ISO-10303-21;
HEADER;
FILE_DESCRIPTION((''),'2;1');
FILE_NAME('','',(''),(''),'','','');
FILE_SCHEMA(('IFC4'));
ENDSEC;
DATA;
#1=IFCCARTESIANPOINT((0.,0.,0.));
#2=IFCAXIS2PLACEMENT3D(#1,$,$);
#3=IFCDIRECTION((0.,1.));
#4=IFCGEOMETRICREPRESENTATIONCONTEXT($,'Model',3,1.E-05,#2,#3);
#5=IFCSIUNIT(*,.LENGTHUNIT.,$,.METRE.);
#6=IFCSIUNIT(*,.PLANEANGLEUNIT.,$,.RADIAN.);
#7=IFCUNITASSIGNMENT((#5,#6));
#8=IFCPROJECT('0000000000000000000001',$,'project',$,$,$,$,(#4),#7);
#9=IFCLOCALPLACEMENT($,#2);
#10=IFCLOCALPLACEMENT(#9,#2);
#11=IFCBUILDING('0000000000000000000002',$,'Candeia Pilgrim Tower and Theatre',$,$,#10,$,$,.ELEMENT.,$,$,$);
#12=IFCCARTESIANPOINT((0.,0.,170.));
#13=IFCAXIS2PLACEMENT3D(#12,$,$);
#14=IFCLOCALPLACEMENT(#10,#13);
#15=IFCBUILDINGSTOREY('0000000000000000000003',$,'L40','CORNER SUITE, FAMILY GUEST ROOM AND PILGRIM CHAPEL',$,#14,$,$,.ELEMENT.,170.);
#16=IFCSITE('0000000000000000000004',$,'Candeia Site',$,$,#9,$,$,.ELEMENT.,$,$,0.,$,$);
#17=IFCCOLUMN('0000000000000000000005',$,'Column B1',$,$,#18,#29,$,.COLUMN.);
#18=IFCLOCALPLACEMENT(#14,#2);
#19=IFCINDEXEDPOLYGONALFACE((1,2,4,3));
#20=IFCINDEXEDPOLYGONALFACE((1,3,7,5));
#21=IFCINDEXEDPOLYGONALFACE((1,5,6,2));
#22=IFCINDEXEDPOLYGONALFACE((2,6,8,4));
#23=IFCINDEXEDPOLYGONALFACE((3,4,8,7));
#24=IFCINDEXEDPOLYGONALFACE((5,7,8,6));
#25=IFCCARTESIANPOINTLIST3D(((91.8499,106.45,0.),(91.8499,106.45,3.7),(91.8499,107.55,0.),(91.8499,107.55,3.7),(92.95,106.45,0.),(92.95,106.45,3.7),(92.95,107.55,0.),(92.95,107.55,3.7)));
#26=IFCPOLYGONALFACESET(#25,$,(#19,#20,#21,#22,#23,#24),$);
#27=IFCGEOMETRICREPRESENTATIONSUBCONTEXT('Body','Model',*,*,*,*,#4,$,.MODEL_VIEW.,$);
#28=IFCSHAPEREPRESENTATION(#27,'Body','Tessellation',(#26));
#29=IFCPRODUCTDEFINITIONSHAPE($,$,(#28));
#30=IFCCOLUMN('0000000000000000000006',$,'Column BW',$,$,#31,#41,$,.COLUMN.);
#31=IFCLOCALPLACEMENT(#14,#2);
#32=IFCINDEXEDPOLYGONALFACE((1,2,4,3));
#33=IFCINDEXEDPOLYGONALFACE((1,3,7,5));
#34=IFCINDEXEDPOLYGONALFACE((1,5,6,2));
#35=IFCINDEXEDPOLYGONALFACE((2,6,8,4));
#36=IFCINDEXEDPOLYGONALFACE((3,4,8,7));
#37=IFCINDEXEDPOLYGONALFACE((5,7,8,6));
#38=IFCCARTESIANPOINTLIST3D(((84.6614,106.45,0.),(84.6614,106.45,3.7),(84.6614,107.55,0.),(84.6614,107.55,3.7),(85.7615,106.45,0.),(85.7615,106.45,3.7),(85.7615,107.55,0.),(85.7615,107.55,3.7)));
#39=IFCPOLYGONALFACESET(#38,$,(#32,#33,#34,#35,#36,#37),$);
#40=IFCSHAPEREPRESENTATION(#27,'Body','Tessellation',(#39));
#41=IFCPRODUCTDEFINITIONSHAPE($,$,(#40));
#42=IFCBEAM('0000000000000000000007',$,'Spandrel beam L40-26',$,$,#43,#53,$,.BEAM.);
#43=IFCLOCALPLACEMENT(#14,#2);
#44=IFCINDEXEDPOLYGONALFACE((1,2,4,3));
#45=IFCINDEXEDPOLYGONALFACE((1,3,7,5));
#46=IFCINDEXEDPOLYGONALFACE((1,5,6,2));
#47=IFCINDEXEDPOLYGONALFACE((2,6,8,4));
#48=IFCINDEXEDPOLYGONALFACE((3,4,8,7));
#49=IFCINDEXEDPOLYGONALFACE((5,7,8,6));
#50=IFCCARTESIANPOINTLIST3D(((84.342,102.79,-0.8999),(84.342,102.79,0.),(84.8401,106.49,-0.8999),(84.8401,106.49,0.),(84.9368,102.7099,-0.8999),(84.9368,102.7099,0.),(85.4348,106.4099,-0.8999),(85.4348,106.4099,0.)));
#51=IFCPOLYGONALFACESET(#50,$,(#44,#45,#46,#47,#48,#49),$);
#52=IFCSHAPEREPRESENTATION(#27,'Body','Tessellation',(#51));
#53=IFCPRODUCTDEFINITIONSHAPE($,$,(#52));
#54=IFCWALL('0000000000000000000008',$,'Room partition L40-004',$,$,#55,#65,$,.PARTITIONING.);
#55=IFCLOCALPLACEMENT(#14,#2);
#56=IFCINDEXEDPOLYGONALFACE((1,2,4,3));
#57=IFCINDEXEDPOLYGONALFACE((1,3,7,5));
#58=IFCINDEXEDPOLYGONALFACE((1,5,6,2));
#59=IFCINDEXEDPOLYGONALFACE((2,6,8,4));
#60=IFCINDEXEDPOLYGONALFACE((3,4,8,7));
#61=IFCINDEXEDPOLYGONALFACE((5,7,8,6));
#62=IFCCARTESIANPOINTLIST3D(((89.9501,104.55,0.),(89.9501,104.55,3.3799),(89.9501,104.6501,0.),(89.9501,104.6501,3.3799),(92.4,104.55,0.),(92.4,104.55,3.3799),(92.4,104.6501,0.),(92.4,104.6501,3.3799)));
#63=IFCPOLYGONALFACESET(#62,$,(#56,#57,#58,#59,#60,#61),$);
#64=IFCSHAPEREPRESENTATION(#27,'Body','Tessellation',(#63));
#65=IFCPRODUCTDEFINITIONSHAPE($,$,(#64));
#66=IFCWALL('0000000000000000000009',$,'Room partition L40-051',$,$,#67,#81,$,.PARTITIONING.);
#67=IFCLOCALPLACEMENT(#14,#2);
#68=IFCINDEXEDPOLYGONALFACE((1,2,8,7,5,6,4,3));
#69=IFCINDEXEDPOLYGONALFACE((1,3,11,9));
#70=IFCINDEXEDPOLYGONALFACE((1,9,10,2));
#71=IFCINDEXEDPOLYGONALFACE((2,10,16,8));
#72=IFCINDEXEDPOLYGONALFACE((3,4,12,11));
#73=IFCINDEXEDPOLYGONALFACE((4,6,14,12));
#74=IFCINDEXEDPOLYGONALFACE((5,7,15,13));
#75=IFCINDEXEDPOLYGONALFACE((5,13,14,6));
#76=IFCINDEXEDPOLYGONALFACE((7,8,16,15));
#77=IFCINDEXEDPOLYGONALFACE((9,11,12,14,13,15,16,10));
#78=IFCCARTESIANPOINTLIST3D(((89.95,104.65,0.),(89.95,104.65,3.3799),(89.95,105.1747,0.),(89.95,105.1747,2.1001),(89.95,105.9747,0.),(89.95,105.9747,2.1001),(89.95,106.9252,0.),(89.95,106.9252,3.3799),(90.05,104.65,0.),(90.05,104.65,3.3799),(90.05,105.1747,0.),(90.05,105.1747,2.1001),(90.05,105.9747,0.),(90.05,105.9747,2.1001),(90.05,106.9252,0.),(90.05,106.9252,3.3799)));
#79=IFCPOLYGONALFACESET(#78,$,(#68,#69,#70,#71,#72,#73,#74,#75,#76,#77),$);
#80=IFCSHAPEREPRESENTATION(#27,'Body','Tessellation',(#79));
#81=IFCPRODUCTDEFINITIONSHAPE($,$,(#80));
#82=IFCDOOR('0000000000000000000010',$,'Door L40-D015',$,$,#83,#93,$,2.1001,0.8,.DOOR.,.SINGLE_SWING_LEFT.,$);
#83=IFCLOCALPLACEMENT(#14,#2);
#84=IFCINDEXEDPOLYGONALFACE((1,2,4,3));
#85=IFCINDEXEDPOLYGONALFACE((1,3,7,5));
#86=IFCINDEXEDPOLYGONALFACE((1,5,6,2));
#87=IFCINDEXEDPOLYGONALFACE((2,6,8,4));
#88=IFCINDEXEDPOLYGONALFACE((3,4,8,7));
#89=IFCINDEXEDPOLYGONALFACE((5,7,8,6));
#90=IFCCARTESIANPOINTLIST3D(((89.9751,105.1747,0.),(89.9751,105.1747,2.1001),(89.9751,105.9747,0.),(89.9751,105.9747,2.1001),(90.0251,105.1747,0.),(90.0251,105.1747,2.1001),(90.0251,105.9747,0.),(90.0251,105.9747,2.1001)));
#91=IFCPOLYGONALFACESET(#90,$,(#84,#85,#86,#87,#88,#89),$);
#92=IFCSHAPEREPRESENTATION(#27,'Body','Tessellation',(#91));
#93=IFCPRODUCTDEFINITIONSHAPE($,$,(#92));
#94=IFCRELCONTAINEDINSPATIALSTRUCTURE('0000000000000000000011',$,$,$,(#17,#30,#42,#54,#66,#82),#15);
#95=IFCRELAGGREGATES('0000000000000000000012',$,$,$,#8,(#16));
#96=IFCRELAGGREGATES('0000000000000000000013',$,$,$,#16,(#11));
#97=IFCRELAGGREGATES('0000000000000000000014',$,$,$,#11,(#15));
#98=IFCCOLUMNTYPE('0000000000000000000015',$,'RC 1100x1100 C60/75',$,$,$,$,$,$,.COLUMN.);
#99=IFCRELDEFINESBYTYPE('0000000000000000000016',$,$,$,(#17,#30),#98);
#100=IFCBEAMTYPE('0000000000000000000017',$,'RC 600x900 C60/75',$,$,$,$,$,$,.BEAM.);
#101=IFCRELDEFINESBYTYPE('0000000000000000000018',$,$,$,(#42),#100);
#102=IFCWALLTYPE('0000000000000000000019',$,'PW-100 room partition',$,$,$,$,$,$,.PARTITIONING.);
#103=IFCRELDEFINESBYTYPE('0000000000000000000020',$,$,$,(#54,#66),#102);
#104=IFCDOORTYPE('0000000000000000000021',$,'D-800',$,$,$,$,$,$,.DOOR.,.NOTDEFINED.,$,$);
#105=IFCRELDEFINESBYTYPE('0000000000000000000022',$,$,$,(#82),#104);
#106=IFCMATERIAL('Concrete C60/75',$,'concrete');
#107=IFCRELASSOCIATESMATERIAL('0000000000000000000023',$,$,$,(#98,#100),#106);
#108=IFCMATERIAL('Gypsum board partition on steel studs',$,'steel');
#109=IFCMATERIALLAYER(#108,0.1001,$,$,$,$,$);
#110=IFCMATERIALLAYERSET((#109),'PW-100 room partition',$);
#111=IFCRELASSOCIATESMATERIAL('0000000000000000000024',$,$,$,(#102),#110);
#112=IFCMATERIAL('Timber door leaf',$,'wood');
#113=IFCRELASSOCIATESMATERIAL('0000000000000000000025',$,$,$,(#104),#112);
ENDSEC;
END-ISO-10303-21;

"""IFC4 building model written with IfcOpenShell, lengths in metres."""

from ifc_helpers import new_model, si_unit, direction, frame, frame_2d, origin, origin_2d, place, context, subcontext, project, spatial, rectangle, extrude, material, layer, layer_set, material_profile, profile_set, type_object, element, fill, save


model = new_model("IFC4")

# Units and contexts
model_context = context("Model", 3, precision=1e-05, world=origin(), true_north=direction((0.0, 1.0)))
body_context = subcontext(model_context, "Body", "Model", "MODEL_VIEW")
ifc_project = project(units=[si_unit("LENGTHUNIT", "METRE"), si_unit("PLANEANGLEUNIT", "RADIAN")], contexts=[model_context])

# Site, building, storey
site_placement = place(None, origin())
site = spatial("IfcSite", under=ifc_project, at=site_placement, Name="Candeia Site", CompositionType="ELEMENT", RefElevation=0.0)
building_placement = place(site_placement, origin())
building = spatial("IfcBuilding", under=site, at=building_placement, Name="Candeia Pilgrim Tower and Theatre", CompositionType="ELEMENT")
storey_placement = place(building_placement, frame((0.0, 0.0, 170.0)))
storey = spatial("IfcBuildingStorey", under=building, at=storey_placement, Name="L40", Description="CORNER SUITE, FAMILY GUEST ROOM AND PILGRIM CHAPEL", CompositionType="ELEMENT", Elevation=170.0)

# Columns
ifc_material_1 = material(Name="Concrete C60/75", Category="concrete")
ifc_material_profile_1 = material_profile(ifc_material_1, rectangle(XDim=1.1001, YDim=1.1001, at=origin_2d()))
ifc_profile_set_1 = profile_set([ifc_material_profile_1], Name="Concrete C60/75")
column_type = type_object("IfcColumnType", Name="RC 1100x1100 C60/75", PredefinedType="COLUMN", material=ifc_profile_set_1)
for number, where, z_axis, x_axis, name in (
    (1, (92.3999, 107.0, 0.0), (0.0, 0.0, 1.0), (1.0, 0.0, 0.0), "Column B1"),
    (2, (85.2114, 107.0, 0.0), (0.0, 0.0, 1.0), (1.0, 0.0, 0.0), "Column BW"),
):
    element("IfcColumn", number, at=place(storey_placement, frame(where, z_axis=z_axis, x_axis=x_axis)), inside=storey, type_object=column_type, Name=name, PredefinedType="COLUMN", context=body_context, shape_type="SweptSolid", body=[
        extrude(rectangle(XDim=1.1001, YDim=1.1001, at=origin_2d()), origin(), (0.0, 0.0, 1.0), 3.7),
    ])

# Beam
ifc_material_profile_2 = material_profile(ifc_material_1, rectangle(XDim=0.6001, YDim=0.8999, at=origin_2d()))
ifc_profile_set_2 = profile_set([ifc_material_profile_2], Name="Concrete C60/75")
beam_type = type_object("IfcBeamType", Name="RC 600x900 C60/75", PredefinedType="BEAM", material=ifc_profile_set_2)
beam_placement = place(storey_placement, frame((85.1375, 106.45, -0.45), z_axis=(-0.133406, -0.991061, 0.0), x_axis=(0.991061, -0.133406, 0.0)))
element("IfcBeam", 3, at=beam_placement, inside=storey, type_object=beam_type, Name="Spandrel beam L40-26", PredefinedType="BEAM", context=body_context, shape_type="SweptSolid", body=[
    extrude(rectangle(XDim=0.6001, YDim=0.8999, at=origin_2d()), origin(), (0.0, 0.0, 1.0), 3.7334),
])

# Wall
ifc_material_2 = material(Name="Gypsum board partition on steel studs", Category="steel")
ifc_layer_1 = layer(ifc_material_2, 0.1001)
ifc_layer_set_1 = layer_set([ifc_layer_1], Name="PW-100 room partition")
wall_type_1 = type_object("IfcWallType", Name="PW-100 room partition", PredefinedType="PARTITIONING", material=ifc_layer_set_1)
wall_1_placement = place(storey_placement, frame((89.95, 104.6001, 0.0), z_axis=(0.0, 0.0, 1.0), x_axis=(1.0, 0.0, 0.0)))
element("IfcWall", 4, at=wall_1_placement, inside=storey, type_object=wall_type_1, Name="Room partition L40-004", PredefinedType="PARTITIONING", context=body_context, shape_type="SweptSolid", body=[
    extrude(rectangle(XDim=2.45, YDim=0.1001, at=frame_2d((1.2251, 0.0))), origin(), (0.0, 0.0, 1.0), 3.3799),
])

# Wall, opening, door
wall_2_placement = place(storey_placement, frame((90.0, 104.6499, 0.0), z_axis=(0.0, 0.0, 1.0), x_axis=(0.0, 1.0, 0.0)))
wall_2 = element("IfcWall", 5, at=wall_2_placement, inside=storey, type_object=wall_type_1, Name="Room partition L40-051", PredefinedType="PARTITIONING", context=body_context, shape_type="SweptSolid", body=[
    extrude(rectangle(XDim=2.2751, YDim=0.1001, at=frame_2d((1.1377, 0.0))), origin(), (0.0, 0.0, 1.0), 3.3799),
])
opening_1_placement = place(wall_2_placement, frame((0.5249, 0.0, 0.0)))
opening_1 = element("IfcOpeningElement", 6, at=opening_1_placement, cuts=wall_2, PredefinedType="OPENING", context=body_context, shape_type="SweptSolid", body=[
    extrude(rectangle(XDim=0.8, YDim=2.1001, at=frame_2d((0.3999, 1.05))), frame((0.0, 0.0601, 0.0), z_axis=(0.0, -1.0, 0.0), x_axis=(1.0, 0.0, 0.0)), (0.0, 0.0, 1.0), 0.1201),
])
ifc_material_3 = material(Name="Timber door leaf", Category="wood")
door_type_1 = type_object("IfcDoorType", Name="D-800", OperationType="NOTDEFINED", PredefinedType="DOOR", material=ifc_material_3)
door_1_placement = place(opening_1_placement, origin())
door_1 = element("IfcDoor", 7, at=door_1_placement, inside=storey, type_object=door_type_1, Name="Door L40-D015", OperationType="SINGLE_SWING_LEFT", OverallHeight=2.1001, OverallWidth=0.8, PredefinedType="DOOR", context=body_context, shape_type="SweptSolid", body=[
    extrude(rectangle(XDim=0.8, YDim=2.1001, at=frame_2d((0.3999, 1.05))), frame((0.0, 0.0249, 0.0), z_axis=(0.0, -1.0, 0.0), x_axis=(1.0, 0.0, 0.0)), (0.0, 0.0, 1.0), 0.05),
])
fill(opening_1, door_1)

save(model, "model.ifc")
